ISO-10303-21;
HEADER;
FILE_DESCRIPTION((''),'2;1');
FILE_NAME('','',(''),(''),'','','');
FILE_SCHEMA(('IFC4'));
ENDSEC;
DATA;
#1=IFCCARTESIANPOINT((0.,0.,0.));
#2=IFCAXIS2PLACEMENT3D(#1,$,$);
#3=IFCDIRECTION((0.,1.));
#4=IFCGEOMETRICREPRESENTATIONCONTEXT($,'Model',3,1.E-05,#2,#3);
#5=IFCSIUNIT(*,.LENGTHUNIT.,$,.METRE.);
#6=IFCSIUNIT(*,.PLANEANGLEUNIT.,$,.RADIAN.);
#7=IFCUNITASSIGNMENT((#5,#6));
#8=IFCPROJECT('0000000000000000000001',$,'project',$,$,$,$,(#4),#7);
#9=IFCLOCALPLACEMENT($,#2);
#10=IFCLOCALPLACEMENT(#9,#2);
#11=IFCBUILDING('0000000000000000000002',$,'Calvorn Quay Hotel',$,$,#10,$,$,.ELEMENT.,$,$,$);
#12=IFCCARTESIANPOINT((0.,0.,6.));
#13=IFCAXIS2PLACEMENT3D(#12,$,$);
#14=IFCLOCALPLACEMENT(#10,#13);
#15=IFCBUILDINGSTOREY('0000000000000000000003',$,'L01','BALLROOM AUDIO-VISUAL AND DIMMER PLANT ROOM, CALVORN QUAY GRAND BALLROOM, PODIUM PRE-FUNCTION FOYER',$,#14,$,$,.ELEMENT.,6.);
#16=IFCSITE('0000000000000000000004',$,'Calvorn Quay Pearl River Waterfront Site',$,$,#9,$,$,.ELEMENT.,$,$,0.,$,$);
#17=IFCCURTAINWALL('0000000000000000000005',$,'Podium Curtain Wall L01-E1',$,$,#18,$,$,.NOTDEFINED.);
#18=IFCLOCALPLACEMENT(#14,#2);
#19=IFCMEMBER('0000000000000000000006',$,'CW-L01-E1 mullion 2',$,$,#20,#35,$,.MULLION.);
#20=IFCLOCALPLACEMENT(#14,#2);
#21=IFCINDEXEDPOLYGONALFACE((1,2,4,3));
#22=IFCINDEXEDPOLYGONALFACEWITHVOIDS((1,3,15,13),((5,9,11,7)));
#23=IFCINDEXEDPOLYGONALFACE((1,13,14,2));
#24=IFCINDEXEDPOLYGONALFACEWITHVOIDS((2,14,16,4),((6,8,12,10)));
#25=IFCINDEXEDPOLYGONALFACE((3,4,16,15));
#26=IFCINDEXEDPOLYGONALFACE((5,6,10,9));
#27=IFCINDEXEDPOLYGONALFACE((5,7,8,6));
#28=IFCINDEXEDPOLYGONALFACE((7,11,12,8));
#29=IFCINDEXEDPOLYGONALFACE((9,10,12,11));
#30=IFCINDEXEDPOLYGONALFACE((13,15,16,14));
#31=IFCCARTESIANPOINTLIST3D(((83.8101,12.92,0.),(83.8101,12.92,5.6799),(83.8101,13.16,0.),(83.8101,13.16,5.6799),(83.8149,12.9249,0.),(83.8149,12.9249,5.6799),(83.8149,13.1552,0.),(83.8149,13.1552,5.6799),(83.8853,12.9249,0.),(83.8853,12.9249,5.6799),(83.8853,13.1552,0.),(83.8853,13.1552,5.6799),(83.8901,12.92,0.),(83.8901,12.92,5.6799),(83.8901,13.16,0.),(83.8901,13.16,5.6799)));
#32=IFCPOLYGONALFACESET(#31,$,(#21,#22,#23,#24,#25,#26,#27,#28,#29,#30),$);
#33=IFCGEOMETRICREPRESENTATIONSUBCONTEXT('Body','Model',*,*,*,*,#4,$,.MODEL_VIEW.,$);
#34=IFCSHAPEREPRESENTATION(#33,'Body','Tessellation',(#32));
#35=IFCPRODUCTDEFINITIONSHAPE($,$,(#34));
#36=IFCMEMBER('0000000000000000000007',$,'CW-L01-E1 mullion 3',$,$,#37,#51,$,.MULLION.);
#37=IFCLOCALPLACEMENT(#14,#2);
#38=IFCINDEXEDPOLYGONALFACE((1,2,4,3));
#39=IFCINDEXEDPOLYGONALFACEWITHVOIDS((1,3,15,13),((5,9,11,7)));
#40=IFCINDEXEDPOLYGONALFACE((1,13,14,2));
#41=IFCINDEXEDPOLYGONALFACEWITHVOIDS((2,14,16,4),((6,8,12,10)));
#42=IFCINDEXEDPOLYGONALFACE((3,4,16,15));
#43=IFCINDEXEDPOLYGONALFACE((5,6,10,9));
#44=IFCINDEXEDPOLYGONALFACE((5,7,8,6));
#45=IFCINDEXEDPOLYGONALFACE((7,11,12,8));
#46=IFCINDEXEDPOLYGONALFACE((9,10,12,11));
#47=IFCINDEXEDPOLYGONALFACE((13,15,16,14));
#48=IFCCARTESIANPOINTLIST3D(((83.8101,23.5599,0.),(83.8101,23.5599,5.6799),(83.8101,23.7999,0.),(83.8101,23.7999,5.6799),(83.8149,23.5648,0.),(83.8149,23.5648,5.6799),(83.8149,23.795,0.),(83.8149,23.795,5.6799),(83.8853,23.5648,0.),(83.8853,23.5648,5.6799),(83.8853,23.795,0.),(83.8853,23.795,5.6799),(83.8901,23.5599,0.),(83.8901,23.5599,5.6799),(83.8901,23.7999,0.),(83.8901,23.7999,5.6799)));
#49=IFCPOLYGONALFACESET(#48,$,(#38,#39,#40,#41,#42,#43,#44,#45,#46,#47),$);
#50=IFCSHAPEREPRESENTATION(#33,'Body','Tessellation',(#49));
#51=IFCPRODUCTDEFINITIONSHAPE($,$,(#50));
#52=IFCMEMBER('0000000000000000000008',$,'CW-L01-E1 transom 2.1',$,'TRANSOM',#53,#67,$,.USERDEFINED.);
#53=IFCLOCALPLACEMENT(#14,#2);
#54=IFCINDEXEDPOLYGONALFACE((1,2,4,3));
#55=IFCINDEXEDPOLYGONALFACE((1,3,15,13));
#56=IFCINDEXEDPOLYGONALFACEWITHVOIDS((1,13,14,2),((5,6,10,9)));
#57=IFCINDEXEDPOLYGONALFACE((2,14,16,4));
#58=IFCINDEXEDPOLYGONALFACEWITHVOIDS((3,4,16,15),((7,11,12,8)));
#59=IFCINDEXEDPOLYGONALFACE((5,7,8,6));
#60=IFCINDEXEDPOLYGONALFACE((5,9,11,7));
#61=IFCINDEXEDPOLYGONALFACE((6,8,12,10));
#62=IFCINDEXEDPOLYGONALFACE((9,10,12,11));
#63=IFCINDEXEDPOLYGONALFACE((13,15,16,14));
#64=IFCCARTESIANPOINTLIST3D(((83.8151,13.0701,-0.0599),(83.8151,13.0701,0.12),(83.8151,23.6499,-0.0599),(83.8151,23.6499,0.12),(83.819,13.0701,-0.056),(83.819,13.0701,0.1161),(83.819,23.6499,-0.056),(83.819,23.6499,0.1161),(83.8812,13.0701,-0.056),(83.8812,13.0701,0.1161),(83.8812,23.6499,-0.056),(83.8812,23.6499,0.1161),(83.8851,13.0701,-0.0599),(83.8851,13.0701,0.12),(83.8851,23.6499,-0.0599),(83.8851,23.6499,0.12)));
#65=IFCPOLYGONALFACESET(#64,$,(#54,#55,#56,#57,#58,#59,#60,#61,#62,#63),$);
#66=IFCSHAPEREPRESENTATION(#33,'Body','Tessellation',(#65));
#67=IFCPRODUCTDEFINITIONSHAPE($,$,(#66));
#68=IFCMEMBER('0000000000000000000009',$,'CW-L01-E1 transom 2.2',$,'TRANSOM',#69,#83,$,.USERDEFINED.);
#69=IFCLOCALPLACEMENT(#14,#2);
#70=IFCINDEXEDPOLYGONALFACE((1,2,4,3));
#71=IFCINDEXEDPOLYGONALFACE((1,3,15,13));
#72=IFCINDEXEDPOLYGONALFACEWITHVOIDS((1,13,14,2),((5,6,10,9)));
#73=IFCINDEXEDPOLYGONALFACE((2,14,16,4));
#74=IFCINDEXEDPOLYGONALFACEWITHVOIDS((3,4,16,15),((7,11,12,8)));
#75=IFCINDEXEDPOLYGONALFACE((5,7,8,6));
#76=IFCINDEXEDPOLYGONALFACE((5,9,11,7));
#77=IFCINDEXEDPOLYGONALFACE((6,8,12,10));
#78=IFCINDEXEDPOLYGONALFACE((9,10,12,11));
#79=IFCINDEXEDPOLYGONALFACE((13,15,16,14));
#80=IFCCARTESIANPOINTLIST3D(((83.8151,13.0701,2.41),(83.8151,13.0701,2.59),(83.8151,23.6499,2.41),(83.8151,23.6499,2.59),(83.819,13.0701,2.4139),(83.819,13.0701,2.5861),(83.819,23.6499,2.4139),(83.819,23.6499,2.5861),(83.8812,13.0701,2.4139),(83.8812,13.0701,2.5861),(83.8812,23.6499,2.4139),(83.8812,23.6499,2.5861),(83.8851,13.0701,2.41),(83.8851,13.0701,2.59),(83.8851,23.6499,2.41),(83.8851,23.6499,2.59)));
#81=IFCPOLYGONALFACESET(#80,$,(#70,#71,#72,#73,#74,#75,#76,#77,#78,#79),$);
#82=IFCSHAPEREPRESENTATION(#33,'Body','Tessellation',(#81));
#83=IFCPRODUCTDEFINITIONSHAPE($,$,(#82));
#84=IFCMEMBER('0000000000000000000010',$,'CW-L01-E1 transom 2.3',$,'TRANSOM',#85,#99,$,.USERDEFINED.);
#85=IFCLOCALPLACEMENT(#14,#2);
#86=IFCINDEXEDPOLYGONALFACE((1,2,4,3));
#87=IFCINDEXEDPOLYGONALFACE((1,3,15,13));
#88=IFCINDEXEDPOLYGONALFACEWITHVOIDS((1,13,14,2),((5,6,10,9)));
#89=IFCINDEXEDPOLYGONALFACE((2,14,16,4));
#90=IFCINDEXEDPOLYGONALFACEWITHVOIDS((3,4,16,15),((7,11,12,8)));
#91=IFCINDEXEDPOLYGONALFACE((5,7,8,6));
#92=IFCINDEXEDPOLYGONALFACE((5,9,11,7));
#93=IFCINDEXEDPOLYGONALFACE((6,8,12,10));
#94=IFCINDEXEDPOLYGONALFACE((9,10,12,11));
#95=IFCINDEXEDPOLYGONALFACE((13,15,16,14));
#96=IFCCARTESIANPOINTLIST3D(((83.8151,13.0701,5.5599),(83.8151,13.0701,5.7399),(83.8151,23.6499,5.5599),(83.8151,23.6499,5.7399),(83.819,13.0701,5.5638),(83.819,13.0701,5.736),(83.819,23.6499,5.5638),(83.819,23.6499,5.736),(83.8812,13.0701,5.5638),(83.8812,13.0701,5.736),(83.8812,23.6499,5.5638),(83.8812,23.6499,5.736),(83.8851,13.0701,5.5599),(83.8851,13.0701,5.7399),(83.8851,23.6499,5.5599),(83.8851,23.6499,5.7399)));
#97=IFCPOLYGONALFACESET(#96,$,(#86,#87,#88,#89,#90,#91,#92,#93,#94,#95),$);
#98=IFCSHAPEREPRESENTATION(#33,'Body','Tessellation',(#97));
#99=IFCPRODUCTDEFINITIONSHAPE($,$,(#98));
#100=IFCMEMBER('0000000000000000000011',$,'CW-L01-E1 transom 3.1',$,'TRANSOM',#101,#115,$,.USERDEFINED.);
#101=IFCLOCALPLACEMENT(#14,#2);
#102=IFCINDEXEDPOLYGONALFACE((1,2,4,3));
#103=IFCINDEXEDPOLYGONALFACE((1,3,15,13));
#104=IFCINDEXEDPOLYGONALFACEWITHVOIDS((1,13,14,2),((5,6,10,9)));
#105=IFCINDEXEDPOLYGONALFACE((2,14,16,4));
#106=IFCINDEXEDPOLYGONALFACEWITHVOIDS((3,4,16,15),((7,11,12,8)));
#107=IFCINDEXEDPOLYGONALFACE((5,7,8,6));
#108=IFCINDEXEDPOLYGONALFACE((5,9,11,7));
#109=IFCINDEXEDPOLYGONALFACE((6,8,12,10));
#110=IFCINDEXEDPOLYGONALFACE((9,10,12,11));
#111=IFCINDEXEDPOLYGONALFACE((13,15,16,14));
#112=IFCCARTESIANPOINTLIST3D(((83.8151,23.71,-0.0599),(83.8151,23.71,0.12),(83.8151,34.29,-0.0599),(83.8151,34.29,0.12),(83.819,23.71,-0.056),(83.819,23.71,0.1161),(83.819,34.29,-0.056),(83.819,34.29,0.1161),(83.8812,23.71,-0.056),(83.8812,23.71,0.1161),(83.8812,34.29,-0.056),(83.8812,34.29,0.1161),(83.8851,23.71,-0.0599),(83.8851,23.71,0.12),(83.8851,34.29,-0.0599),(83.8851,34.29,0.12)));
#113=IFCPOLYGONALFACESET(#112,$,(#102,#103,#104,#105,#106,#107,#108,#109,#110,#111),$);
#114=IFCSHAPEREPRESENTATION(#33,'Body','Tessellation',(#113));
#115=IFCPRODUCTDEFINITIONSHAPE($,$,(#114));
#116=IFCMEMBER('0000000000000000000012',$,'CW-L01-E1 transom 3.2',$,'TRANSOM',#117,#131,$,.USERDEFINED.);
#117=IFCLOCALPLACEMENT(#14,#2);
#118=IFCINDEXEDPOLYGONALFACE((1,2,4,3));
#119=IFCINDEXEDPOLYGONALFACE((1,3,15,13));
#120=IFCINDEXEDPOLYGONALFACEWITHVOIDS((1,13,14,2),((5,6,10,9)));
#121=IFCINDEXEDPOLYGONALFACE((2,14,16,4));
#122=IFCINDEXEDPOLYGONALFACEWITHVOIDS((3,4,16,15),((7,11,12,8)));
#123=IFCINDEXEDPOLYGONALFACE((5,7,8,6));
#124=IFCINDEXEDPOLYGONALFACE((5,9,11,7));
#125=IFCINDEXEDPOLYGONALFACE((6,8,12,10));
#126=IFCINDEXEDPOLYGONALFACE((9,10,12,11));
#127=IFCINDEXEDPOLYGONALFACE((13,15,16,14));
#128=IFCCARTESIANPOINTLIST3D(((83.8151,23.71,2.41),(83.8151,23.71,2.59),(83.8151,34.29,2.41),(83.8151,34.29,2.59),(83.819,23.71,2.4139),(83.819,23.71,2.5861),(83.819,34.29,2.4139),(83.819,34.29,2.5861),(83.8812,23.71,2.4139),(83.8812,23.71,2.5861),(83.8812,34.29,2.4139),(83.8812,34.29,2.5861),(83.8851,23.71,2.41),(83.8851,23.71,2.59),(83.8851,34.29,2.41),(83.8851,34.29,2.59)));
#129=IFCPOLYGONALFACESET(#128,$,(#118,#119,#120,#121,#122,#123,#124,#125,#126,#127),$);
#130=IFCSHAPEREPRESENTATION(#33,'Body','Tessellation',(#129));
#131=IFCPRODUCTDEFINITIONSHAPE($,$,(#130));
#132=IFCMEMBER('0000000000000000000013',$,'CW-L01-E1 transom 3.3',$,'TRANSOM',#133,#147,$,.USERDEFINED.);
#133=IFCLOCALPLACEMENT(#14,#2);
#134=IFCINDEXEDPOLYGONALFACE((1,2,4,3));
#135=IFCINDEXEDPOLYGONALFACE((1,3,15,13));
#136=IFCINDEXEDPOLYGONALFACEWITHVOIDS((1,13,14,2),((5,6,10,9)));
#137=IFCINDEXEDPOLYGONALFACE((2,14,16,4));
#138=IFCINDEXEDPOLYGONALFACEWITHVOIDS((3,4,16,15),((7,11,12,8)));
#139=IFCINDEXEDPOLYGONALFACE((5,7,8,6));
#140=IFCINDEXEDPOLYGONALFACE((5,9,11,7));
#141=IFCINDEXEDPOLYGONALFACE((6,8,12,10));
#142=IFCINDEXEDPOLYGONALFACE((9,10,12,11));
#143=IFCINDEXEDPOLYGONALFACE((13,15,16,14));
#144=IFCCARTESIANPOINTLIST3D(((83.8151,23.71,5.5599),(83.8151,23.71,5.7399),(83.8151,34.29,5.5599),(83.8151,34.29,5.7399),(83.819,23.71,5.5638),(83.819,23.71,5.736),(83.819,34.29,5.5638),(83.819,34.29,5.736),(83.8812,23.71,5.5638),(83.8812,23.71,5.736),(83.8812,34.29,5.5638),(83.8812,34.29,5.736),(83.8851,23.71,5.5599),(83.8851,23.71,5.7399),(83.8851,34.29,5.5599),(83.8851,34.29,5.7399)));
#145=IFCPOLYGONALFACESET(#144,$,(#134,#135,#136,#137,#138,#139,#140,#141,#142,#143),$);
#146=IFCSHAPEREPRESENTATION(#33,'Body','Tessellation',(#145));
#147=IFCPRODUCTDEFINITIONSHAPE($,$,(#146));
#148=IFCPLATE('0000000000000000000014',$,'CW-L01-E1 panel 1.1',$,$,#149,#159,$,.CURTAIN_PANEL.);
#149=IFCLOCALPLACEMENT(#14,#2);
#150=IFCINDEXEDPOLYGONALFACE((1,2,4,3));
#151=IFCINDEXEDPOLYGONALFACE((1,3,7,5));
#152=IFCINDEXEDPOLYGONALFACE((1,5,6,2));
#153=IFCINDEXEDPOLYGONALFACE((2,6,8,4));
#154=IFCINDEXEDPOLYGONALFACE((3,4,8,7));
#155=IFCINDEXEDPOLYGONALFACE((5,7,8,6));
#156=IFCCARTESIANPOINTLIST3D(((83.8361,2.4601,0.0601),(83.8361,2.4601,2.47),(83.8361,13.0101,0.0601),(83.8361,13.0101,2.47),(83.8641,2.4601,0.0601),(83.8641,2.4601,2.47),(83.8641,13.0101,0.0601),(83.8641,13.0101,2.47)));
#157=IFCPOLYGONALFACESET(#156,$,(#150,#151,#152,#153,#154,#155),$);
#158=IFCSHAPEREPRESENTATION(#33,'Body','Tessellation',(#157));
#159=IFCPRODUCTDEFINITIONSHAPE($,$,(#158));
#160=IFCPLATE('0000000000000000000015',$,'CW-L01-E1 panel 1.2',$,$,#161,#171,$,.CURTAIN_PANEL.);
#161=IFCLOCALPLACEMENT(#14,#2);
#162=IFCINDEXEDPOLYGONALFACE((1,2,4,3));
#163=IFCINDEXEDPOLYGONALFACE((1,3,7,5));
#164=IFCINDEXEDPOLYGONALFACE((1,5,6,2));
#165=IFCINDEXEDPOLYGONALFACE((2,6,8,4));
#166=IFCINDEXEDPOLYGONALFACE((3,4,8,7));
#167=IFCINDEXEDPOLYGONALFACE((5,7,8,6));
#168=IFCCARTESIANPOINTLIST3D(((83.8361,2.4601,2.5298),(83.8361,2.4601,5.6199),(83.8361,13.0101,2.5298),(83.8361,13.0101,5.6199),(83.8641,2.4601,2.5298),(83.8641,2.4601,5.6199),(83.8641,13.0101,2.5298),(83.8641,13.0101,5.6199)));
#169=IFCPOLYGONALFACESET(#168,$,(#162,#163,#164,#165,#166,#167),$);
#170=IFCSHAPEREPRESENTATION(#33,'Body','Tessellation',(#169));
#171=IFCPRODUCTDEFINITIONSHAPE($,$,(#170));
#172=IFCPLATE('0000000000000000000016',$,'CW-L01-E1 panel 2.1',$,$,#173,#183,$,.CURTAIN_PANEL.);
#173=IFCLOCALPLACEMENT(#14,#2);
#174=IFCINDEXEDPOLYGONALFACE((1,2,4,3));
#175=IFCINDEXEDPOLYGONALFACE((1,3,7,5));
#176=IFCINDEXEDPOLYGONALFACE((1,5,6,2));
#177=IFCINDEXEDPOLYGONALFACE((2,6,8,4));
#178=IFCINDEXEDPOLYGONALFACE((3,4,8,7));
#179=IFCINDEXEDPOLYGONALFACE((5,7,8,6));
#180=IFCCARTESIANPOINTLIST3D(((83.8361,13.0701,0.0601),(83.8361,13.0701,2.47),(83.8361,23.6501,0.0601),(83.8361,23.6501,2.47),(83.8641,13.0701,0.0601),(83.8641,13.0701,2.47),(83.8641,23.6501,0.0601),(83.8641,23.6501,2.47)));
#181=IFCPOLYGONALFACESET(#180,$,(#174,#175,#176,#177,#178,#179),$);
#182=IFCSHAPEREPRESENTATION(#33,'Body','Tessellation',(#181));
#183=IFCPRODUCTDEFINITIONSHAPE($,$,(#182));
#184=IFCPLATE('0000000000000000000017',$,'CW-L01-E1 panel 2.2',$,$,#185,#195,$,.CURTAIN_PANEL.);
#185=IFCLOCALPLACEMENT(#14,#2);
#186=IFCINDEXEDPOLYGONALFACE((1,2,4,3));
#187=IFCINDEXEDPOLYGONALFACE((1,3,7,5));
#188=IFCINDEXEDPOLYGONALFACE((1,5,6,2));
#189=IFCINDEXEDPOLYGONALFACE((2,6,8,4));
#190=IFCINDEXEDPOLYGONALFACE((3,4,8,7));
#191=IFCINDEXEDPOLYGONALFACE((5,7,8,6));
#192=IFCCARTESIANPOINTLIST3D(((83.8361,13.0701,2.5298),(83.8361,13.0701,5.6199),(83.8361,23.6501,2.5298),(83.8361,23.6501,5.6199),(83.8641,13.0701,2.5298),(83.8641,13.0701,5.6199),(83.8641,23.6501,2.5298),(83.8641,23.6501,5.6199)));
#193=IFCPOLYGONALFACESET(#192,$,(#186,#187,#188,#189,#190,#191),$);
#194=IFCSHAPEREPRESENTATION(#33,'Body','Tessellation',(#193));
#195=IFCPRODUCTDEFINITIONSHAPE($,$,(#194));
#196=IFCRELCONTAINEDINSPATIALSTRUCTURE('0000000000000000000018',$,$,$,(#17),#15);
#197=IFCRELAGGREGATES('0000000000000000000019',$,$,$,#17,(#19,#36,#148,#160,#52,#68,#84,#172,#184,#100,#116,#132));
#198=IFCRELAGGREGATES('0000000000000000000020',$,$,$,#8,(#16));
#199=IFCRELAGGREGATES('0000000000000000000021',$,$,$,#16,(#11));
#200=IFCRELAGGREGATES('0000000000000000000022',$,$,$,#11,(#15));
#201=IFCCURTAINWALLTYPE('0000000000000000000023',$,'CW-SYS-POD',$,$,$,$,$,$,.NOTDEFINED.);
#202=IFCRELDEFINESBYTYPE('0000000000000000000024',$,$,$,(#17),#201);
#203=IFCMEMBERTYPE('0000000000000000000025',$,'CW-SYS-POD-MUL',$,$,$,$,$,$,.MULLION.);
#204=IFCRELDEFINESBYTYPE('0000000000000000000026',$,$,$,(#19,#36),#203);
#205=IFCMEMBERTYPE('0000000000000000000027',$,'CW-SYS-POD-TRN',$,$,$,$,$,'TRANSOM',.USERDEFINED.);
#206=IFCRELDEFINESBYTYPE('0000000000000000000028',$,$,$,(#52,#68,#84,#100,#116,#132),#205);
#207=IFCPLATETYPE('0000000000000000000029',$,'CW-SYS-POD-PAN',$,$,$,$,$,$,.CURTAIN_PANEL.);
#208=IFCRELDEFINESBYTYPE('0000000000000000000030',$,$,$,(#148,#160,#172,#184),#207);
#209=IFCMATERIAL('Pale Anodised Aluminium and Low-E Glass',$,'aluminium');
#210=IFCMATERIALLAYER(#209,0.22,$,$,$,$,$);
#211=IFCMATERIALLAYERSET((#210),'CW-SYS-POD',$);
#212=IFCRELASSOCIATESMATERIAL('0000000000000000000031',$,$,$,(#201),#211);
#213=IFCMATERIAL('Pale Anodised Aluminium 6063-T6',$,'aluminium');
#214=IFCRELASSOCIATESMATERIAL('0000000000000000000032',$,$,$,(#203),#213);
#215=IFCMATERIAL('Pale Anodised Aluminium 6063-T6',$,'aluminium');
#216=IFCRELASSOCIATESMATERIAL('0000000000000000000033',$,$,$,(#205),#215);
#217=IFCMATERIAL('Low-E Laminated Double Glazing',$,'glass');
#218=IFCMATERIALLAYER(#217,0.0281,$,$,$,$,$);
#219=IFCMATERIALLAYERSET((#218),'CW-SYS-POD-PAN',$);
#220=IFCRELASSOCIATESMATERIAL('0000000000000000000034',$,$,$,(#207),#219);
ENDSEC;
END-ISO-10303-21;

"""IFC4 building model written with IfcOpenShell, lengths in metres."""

from ifc_helpers import new_model, si_unit, direction, frame, origin, origin_2d, place, context, subcontext, project, spatial, rectangle, hollow_rectangle, extrude, material, layer, layer_set, material_profile, profile_set, type_object, element, aggregate, save


model = new_model("IFC4")

# Units and contexts
model_context = context("Model", 3, precision=1e-05, world=origin(), true_north=direction((0.0, 1.0)))
body_context = subcontext(model_context, "Body", "Model", "MODEL_VIEW")
ifc_project = project(units=[si_unit("LENGTHUNIT", "METRE"), si_unit("PLANEANGLEUNIT", "RADIAN")], contexts=[model_context])

# Site, building, storey
site_placement = place(None, origin())
site = spatial("IfcSite", under=ifc_project, at=site_placement, Name="Calvorn Quay Pearl River Waterfront Site", CompositionType="ELEMENT", RefElevation=0.0)
building_placement = place(site_placement, origin())
building = spatial("IfcBuilding", under=site, at=building_placement, Name="Calvorn Quay Hotel", CompositionType="ELEMENT")
storey_placement = place(building_placement, frame((0.0, 0.0, 6.0)))
storey = spatial("IfcBuildingStorey", under=building, at=storey_placement, Name="L01", Description="BALLROOM AUDIO-VISUAL AND DIMMER PLANT ROOM, CALVORN QUAY GRAND BALLROOM, PODIUM PRE-FUNCTION FOYER", CompositionType="ELEMENT", Elevation=6.0)

# Curtain wall, members, plates
ifc_material_1 = material(Name="Pale Anodised Aluminium and Low-E Glass", Category="aluminium")
ifc_layer_1 = layer(ifc_material_1, 0.22)
ifc_layer_set_1 = layer_set([ifc_layer_1], Name="CW-SYS-POD")
curtain_wall_type = type_object("IfcCurtainWallType", Name="CW-SYS-POD", PredefinedType="NOTDEFINED", material=ifc_layer_set_1)
curtain_wall_placement = place(storey_placement, origin())
curtain_wall = element("IfcCurtainWall", 1, at=curtain_wall_placement, inside=storey, type_object=curtain_wall_type, Name="Podium Curtain Wall L01-E1", PredefinedType="NOTDEFINED")
ifc_material_2 = material(Name="Pale Anodised Aluminium 6063-T6", Category="aluminium")
ifc_material_profile_1 = material_profile(ifc_material_2, hollow_rectangle(XDim=0.0801, YDim=0.24, WallThickness=0.0049, at=origin_2d()), Name="ALU-M240x80x5")
ifc_profile_set_1 = profile_set([ifc_material_profile_1], Name="Pale Anodised Aluminium 6063-T6")
member_type_1 = type_object("IfcMemberType", Name="CW-SYS-POD-MUL", PredefinedType="MULLION", material=ifc_profile_set_1)
member_1_placement = place(storey_placement, frame((83.8501, 13.04, 0.0), z_axis=(0.0, 0.0, 1.0), x_axis=(-1.0, 0.0, 0.0)))
member_1 = element("IfcMember", 2, at=member_1_placement, type_object=member_type_1, Name="CW-L01-E1 mullion 2", PredefinedType="MULLION", context=body_context, shape_type="SweptSolid", body=[
    extrude(hollow_rectangle(XDim=0.0801, YDim=0.24, WallThickness=0.0049, at=origin_2d()), origin(), (0.0, 0.0, 1.0), 5.6799),
])
member_2_placement = place(storey_placement, frame((83.8501, 23.6799, 0.0), z_axis=(0.0, 0.0, 1.0), x_axis=(-1.0, 0.0, 0.0)))
member_2 = element("IfcMember", 3, at=member_2_placement, type_object=member_type_1, Name="CW-L01-E1 mullion 3", PredefinedType="MULLION", context=body_context, shape_type="SweptSolid", body=[
    extrude(hollow_rectangle(XDim=0.0801, YDim=0.24, WallThickness=0.0049, at=origin_2d()), origin(), (0.0, 0.0, 1.0), 5.6799),
])
ifc_material_3 = material(Name="Pale Anodised Aluminium 6063-T6", Category="aluminium")
ifc_material_profile_2 = material_profile(ifc_material_3, hollow_rectangle(XDim=0.0701, YDim=0.1799, WallThickness=0.0039, at=origin_2d()), Name="ALU-T180x70x4")
ifc_profile_set_2 = profile_set([ifc_material_profile_2], Name="Pale Anodised Aluminium 6063-T6")
member_type_2 = type_object("IfcMemberType", Name="CW-SYS-POD-TRN", ElementType="TRANSOM", PredefinedType="USERDEFINED", material=ifc_profile_set_2)
member_3_placement = place(storey_placement, frame((83.8501, 13.0701, 0.03), z_axis=(0.0, 1.0, 0.0), x_axis=(-1.0, 0.0, 0.0)))
member_3 = element("IfcMember", 4, at=member_3_placement, type_object=member_type_2, Name="CW-L01-E1 transom 2.1", ObjectType="TRANSOM", PredefinedType="USERDEFINED", context=body_context, shape_type="SweptSolid", body=[
    extrude(hollow_rectangle(XDim=0.0701, YDim=0.1799, WallThickness=0.0039, at=origin_2d()), origin(), (0.0, 0.0, 1.0), 10.5798),
])
member_4_placement = place(storey_placement, frame((83.8501, 13.0701, 2.5), z_axis=(0.0, 1.0, 0.0), x_axis=(-1.0, 0.0, 0.0)))
member_4 = element("IfcMember", 5, at=member_4_placement, type_object=member_type_2, Name="CW-L01-E1 transom 2.2", ObjectType="TRANSOM", PredefinedType="USERDEFINED", context=body_context, shape_type="SweptSolid", body=[
    extrude(hollow_rectangle(XDim=0.0701, YDim=0.1799, WallThickness=0.0039, at=origin_2d()), origin(), (0.0, 0.0, 1.0), 10.5798),
])
member_5_placement = place(storey_placement, frame((83.8501, 13.0701, 5.6499), z_axis=(0.0, 1.0, 0.0), x_axis=(-1.0, 0.0, 0.0)))
member_5 = element("IfcMember", 6, at=member_5_placement, type_object=member_type_2, Name="CW-L01-E1 transom 2.3", ObjectType="TRANSOM", PredefinedType="USERDEFINED", context=body_context, shape_type="SweptSolid", body=[
    extrude(hollow_rectangle(XDim=0.0701, YDim=0.1799, WallThickness=0.0039, at=origin_2d()), origin(), (0.0, 0.0, 1.0), 10.5798),
])
member_6_placement = place(storey_placement, frame((83.8501, 23.71, 0.03), z_axis=(0.0, 1.0, 0.0), x_axis=(-1.0, 0.0, 0.0)))
member_6 = element("IfcMember", 7, at=member_6_placement, type_object=member_type_2, Name="CW-L01-E1 transom 3.1", ObjectType="TRANSOM", PredefinedType="USERDEFINED", context=body_context, shape_type="SweptSolid", body=[
    extrude(hollow_rectangle(XDim=0.0701, YDim=0.1799, WallThickness=0.0039, at=origin_2d()), origin(), (0.0, 0.0, 1.0), 10.5801),
])
member_7_placement = place(storey_placement, frame((83.8501, 23.71, 2.5), z_axis=(0.0, 1.0, 0.0), x_axis=(-1.0, 0.0, 0.0)))
member_7 = element("IfcMember", 8, at=member_7_placement, type_object=member_type_2, Name="CW-L01-E1 transom 3.2", ObjectType="TRANSOM", PredefinedType="USERDEFINED", context=body_context, shape_type="SweptSolid", body=[
    extrude(hollow_rectangle(XDim=0.0701, YDim=0.1799, WallThickness=0.0039, at=origin_2d()), origin(), (0.0, 0.0, 1.0), 10.5801),
])
member_8_placement = place(storey_placement, frame((83.8501, 23.71, 5.6499), z_axis=(0.0, 1.0, 0.0), x_axis=(-1.0, 0.0, 0.0)))
member_8 = element("IfcMember", 9, at=member_8_placement, type_object=member_type_2, Name="CW-L01-E1 transom 3.3", ObjectType="TRANSOM", PredefinedType="USERDEFINED", context=body_context, shape_type="SweptSolid", body=[
    extrude(hollow_rectangle(XDim=0.0701, YDim=0.1799, WallThickness=0.0039, at=origin_2d()), origin(), (0.0, 0.0, 1.0), 10.5801),
])
ifc_material_4 = material(Name="Low-E Laminated Double Glazing", Category="glass")
ifc_layer_2 = layer(ifc_material_4, 0.0281)
ifc_layer_set_2 = layer_set([ifc_layer_2], Name="CW-SYS-POD-PAN")
plate_type = type_object("IfcPlateType", Name="CW-SYS-POD-PAN", PredefinedType="CURTAIN_PANEL", material=ifc_layer_set_2)
plate_1_placement = place(storey_placement, frame((83.8501, 7.7351, 0.0601), z_axis=(0.0, 0.0, 1.0), x_axis=(0.0, 1.0, 0.0)))
plate_1 = element("IfcPlate", 10, at=plate_1_placement, type_object=plate_type, Name="CW-L01-E1 panel 1.1", PredefinedType="CURTAIN_PANEL", context=body_context, shape_type="SweptSolid", body=[
    extrude(rectangle(XDim=10.55, YDim=0.0281, at=origin_2d()), origin(), (0.0, 0.0, 1.0), 2.4099),
])
plate_2_placement = place(storey_placement, frame((83.8501, 7.7351, 2.5298), z_axis=(0.0, 0.0, 1.0), x_axis=(0.0, 1.0, 0.0)))
plate_2 = element("IfcPlate", 11, at=plate_2_placement, type_object=plate_type, Name="CW-L01-E1 panel 1.2", PredefinedType="CURTAIN_PANEL", context=body_context, shape_type="SweptSolid", body=[
    extrude(rectangle(XDim=10.55, YDim=0.0281, at=origin_2d()), origin(), (0.0, 0.0, 1.0), 3.0901),
])
plate_3_placement = place(storey_placement, frame((83.8501, 18.3601, 0.0601), z_axis=(0.0, 0.0, 1.0), x_axis=(0.0, 1.0, 0.0)))
plate_3 = element("IfcPlate", 12, at=plate_3_placement, type_object=plate_type, Name="CW-L01-E1 panel 2.1", PredefinedType="CURTAIN_PANEL", context=body_context, shape_type="SweptSolid", body=[
    extrude(rectangle(XDim=10.5801, YDim=0.0281, at=origin_2d()), origin(), (0.0, 0.0, 1.0), 2.4099),
])
plate_4_placement = place(storey_placement, frame((83.8501, 18.3601, 2.5298), z_axis=(0.0, 0.0, 1.0), x_axis=(0.0, 1.0, 0.0)))
plate_4 = element("IfcPlate", 13, at=plate_4_placement, type_object=plate_type, Name="CW-L01-E1 panel 2.2", PredefinedType="CURTAIN_PANEL", context=body_context, shape_type="SweptSolid", body=[
    extrude(rectangle(XDim=10.5801, YDim=0.0281, at=origin_2d()), origin(), (0.0, 0.0, 1.0), 3.0901),
])
aggregate(curtain_wall, [member_1, member_2, plate_1, plate_2, member_3, member_4, member_5, plate_3, plate_4, member_6, member_7, member_8])

save(model, "model.ifc")
